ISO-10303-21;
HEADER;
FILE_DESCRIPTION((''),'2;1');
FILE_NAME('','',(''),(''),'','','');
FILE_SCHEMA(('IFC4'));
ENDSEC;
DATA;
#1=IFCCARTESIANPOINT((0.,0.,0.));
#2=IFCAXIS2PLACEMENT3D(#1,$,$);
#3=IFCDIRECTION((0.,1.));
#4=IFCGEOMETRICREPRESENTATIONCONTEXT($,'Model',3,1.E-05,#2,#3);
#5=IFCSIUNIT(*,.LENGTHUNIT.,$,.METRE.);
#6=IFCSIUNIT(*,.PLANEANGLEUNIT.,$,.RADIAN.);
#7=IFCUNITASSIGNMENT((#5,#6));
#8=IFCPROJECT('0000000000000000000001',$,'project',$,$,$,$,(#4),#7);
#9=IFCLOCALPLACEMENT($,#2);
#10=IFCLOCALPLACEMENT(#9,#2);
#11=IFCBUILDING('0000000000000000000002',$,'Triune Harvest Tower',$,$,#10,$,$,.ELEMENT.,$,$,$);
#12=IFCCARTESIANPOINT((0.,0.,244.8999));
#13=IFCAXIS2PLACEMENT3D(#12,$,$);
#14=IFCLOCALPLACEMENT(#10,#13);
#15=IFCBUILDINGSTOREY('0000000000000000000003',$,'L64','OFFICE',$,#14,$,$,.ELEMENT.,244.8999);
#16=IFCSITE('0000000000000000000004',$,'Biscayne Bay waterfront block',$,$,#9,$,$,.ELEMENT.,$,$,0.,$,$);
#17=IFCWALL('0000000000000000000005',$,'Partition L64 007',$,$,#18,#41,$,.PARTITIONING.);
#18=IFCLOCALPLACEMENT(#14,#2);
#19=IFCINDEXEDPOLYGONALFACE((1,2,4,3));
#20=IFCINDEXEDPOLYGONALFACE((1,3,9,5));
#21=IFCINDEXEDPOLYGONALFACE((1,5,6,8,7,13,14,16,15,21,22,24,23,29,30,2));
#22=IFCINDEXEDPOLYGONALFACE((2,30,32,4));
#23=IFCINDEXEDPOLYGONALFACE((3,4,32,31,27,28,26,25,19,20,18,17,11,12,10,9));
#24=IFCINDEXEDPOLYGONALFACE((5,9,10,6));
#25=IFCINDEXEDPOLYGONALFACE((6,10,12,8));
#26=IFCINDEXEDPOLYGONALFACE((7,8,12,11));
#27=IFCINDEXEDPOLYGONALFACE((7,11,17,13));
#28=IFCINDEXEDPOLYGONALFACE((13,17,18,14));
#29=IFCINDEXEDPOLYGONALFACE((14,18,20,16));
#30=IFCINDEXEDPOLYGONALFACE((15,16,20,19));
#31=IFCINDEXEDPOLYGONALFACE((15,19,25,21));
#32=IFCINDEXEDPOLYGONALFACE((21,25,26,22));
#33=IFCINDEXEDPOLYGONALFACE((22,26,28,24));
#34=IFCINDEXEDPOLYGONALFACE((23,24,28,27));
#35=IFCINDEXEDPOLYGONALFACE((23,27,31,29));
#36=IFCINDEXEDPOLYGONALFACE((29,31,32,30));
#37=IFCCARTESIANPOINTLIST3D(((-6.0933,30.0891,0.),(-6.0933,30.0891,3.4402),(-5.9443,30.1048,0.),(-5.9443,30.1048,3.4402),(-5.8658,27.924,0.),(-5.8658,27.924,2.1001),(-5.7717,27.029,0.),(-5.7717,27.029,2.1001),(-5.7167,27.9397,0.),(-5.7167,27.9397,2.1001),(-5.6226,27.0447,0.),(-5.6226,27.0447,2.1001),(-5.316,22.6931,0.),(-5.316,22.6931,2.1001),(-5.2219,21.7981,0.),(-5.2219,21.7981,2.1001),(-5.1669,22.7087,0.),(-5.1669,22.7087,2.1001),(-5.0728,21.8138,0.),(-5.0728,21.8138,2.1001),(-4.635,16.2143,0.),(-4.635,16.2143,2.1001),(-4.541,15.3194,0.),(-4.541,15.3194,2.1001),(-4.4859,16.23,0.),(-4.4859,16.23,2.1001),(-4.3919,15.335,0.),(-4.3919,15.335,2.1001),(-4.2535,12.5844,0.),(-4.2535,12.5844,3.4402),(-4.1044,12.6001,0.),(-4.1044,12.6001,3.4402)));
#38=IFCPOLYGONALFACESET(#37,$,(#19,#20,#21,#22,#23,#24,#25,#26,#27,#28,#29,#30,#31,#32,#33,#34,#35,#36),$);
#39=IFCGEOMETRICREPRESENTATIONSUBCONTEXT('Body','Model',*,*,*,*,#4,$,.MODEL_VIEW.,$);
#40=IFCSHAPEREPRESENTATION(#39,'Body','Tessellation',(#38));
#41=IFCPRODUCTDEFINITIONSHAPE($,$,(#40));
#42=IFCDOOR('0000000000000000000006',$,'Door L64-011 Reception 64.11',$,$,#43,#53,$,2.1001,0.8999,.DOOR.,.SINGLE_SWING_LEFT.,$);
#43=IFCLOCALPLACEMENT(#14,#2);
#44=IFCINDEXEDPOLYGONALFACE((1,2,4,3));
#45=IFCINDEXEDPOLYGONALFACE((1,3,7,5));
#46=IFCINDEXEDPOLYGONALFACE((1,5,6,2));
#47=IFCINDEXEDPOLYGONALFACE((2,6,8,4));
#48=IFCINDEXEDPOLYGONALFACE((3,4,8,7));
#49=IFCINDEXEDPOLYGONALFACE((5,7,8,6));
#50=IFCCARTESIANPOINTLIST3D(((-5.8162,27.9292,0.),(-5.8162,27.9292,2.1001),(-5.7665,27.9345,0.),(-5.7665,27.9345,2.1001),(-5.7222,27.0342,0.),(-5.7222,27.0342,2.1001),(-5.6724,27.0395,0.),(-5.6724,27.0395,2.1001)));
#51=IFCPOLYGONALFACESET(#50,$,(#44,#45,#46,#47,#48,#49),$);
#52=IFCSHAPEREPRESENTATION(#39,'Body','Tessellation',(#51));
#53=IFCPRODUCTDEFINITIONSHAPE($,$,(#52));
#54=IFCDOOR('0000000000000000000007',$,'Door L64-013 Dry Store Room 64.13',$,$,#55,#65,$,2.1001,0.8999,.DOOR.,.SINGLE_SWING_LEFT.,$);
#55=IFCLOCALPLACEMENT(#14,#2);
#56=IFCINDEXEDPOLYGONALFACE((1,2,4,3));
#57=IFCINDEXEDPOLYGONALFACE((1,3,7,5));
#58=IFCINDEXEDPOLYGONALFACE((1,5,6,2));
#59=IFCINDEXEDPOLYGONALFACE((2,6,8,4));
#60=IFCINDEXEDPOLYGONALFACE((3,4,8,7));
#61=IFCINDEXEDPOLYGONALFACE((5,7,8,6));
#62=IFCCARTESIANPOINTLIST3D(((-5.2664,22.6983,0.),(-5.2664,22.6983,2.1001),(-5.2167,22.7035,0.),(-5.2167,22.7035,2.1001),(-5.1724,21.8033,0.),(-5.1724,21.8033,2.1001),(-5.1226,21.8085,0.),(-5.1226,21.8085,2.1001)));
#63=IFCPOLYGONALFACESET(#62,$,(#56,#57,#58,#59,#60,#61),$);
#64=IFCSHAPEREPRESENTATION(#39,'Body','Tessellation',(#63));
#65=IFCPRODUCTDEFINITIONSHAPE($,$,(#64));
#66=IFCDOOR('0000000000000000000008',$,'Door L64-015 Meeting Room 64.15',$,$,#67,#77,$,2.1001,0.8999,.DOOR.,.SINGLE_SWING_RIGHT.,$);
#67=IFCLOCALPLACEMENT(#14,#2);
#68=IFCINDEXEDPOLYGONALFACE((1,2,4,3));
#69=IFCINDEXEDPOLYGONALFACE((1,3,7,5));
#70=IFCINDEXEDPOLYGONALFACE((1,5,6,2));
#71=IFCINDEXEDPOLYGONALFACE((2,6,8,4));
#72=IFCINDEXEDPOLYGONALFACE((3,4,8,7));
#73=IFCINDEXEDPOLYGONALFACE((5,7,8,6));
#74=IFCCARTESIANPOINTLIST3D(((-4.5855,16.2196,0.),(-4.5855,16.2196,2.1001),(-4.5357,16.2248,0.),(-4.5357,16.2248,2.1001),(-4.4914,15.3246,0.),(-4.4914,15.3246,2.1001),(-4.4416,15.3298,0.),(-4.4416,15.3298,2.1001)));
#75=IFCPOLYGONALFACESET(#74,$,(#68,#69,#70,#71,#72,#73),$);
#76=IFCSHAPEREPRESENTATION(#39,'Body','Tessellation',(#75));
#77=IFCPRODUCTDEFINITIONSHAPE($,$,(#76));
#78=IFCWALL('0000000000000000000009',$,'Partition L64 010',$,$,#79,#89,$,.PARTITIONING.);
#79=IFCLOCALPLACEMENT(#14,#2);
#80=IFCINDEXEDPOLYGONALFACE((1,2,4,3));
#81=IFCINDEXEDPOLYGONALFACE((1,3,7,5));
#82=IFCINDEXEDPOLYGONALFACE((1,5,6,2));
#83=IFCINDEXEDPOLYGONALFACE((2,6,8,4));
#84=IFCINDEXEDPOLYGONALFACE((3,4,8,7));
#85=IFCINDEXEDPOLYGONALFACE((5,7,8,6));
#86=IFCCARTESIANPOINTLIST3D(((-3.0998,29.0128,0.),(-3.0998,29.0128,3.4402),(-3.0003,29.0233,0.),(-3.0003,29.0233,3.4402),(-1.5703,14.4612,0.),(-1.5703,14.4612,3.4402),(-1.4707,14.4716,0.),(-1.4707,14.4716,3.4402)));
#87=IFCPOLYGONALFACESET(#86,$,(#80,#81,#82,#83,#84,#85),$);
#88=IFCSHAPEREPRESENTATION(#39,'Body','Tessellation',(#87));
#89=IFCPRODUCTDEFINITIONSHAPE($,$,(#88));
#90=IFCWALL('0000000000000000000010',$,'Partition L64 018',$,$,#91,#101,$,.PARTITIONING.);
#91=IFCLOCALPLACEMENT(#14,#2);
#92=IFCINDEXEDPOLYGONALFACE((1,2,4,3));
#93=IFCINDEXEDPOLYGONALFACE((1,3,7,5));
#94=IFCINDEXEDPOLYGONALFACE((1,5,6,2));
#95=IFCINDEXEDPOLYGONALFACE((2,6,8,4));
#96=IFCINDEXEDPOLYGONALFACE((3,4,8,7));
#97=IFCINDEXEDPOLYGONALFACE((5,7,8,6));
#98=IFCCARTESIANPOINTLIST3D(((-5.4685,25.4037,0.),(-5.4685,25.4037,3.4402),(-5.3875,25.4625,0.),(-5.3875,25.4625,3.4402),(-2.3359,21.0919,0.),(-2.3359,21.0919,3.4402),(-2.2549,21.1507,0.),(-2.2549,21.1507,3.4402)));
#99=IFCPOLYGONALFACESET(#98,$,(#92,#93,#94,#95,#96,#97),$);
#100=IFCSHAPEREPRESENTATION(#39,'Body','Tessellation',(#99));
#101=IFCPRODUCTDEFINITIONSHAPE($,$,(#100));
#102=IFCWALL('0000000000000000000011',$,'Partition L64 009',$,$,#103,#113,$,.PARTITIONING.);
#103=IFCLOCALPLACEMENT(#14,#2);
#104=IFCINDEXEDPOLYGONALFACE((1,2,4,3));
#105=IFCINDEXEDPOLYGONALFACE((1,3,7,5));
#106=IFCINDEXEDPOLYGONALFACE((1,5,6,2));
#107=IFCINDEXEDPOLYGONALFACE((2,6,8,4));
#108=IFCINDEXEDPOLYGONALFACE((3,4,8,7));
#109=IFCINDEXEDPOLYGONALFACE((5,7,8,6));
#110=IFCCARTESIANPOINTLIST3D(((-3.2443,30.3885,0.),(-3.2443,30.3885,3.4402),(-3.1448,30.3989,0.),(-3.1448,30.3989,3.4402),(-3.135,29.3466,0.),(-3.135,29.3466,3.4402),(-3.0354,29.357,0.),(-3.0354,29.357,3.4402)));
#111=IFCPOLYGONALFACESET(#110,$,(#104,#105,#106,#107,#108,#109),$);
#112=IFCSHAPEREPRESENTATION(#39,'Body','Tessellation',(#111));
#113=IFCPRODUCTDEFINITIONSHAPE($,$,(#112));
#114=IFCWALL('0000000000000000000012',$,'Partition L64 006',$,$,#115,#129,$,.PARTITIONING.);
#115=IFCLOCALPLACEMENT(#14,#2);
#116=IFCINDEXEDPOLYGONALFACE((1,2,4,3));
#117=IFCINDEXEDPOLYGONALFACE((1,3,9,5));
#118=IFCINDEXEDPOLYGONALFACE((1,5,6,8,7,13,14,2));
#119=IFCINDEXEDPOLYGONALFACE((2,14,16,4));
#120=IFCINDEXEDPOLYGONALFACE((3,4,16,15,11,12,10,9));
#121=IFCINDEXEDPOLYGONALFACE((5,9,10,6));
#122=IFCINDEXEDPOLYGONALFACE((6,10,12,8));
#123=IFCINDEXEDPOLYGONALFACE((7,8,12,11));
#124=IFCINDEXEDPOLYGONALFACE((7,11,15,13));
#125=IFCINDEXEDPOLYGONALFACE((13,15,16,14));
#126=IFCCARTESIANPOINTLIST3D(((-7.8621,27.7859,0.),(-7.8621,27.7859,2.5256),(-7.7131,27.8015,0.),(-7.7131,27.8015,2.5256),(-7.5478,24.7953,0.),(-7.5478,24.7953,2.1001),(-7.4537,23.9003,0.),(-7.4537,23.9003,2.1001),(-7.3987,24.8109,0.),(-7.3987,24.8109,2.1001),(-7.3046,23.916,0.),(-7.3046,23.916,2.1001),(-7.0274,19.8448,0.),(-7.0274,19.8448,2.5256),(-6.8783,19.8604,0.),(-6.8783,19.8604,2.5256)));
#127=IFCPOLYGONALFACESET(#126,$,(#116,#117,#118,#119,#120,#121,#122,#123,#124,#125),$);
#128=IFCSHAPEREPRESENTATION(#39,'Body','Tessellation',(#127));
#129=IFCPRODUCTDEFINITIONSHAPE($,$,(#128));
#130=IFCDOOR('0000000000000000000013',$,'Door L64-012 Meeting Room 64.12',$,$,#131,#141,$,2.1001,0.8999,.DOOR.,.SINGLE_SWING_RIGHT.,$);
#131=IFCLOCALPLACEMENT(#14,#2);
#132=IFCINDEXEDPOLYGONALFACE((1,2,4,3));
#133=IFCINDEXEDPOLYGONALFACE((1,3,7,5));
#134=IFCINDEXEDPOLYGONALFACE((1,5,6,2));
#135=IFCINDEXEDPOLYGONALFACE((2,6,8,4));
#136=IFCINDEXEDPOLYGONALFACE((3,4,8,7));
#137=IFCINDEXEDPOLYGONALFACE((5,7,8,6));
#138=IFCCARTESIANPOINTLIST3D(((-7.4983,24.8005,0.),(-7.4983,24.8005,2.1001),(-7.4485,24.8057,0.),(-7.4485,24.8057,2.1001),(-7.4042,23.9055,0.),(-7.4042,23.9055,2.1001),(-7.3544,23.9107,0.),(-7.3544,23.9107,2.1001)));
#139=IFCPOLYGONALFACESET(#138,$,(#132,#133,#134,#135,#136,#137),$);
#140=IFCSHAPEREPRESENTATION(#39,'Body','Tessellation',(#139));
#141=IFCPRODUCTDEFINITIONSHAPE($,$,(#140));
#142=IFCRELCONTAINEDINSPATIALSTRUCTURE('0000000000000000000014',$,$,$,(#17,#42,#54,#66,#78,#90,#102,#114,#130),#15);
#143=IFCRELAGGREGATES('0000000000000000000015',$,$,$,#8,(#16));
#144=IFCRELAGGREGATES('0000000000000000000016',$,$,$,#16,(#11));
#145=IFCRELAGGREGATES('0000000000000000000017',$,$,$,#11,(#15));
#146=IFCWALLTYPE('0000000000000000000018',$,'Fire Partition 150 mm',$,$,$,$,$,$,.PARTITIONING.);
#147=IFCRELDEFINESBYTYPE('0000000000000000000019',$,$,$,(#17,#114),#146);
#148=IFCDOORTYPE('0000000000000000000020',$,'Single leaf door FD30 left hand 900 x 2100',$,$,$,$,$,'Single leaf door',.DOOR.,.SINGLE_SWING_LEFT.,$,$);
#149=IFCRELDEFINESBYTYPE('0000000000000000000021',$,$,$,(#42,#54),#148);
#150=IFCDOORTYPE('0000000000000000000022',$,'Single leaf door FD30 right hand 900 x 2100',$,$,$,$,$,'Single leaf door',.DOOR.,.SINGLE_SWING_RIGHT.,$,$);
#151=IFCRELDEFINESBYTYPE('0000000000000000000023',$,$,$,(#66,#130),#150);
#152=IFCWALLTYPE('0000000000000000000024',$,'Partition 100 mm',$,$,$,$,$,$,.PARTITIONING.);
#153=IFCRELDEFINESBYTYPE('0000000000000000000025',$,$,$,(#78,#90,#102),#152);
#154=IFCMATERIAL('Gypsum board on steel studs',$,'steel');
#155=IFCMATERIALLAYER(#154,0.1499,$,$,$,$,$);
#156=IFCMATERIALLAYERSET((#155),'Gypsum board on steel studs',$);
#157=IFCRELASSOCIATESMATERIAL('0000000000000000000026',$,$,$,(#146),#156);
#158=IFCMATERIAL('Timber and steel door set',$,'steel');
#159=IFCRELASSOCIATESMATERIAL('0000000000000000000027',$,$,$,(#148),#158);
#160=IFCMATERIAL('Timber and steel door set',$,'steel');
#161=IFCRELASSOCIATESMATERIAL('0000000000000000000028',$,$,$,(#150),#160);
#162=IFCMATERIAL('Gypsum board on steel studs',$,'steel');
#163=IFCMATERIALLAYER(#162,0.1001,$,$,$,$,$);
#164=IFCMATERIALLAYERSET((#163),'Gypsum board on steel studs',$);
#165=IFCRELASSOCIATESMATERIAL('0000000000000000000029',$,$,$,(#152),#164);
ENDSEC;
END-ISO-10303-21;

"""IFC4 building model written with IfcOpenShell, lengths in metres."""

from ifc_helpers import new_model, si_unit, direction, frame, frame_2d, origin, place, context, subcontext, project, spatial, rectangle, extrude, source, transform, mapped, material, layer, layer_set, type_object, element, fill, save


model = new_model("IFC4")

# Units and contexts
model_context = context("Model", 3, precision=1e-05, world=origin(), true_north=direction((0.0, 1.0)))
body_context = subcontext(model_context, "Body", "Model", "MODEL_VIEW")
ifc_project = project(units=[si_unit("LENGTHUNIT", "METRE"), si_unit("PLANEANGLEUNIT", "RADIAN")], contexts=[model_context])

# Site, building, storey
site_placement = place(None, origin())
site = spatial("IfcSite", under=ifc_project, at=site_placement, Name="Biscayne Bay waterfront block", CompositionType="ELEMENT", RefElevation=0.0)
building_placement = place(site_placement, origin())
building = spatial("IfcBuilding", under=site, at=building_placement, Name="Triune Harvest Tower", CompositionType="ELEMENT")
storey_placement = place(building_placement, frame((0.0, 0.0, 244.8999)))
storey = spatial("IfcBuildingStorey", under=building, at=storey_placement, Name="L64", Description="OFFICE", CompositionType="ELEMENT", Elevation=244.8999)

# Wall, openings, doors
ifc_material_1 = material(Name="Gypsum board on steel studs", Category="steel")
ifc_layer_1 = layer(ifc_material_1, 0.1499)
ifc_layer_set_1 = layer_set([ifc_layer_1], Name="Gypsum board on steel studs")
wall_type_1 = type_object("IfcWallType", Name="Fire Partition 150 mm", PredefinedType="PARTITIONING", material=ifc_layer_set_1)
wall_1_placement = place(storey_placement, frame((-6.0188, 30.0969, 0.0), z_axis=(0.0, 0.0, 1.0), x_axis=(0.10453, -0.994522, 0.0)))
wall_1 = element("IfcWall", 1, at=wall_1_placement, inside=storey, type_object=wall_type_1, Name="Partition L64 007", PredefinedType="PARTITIONING", context=body_context, shape_type="SweptSolid", body=[
    extrude(rectangle(XDim=17.6011, YDim=0.1499, at=frame_2d((8.8005, 0.0))), origin(), (0.0, 0.0, 1.0), 3.4402),
])
opening_1_placement = place(wall_1_placement, frame((2.177, 0.0, 0.0)))
opening_1 = element("IfcOpeningElement", 2, at=opening_1_placement, cuts=wall_1, PredefinedType="OPENING", context=body_context, shape_type="SweptSolid", body=[
    extrude(rectangle(XDim=0.8999, YDim=2.1001, at=frame_2d((0.45, 1.05))), frame((0.0, 0.085, 0.0), z_axis=(0.0, -1.0, 0.0), x_axis=(1.0, 0.0, 0.0)), (0.0, 0.0, 1.0), 0.1699),
])
opening_2_placement = place(wall_1_placement, frame((7.4368, 0.0, 0.0)))
opening_2 = element("IfcOpeningElement", 3, at=opening_2_placement, cuts=wall_1, PredefinedType="OPENING", context=body_context, shape_type="SweptSolid", body=[
    extrude(rectangle(XDim=0.8999, YDim=2.1001, at=frame_2d((0.45, 1.05))), frame((0.0, 0.085, 0.0), z_axis=(0.0, -1.0, 0.0), x_axis=(1.0, 0.0, 0.0)), (0.0, 0.0, 1.0), 0.1699),
])
opening_3_placement = place(wall_1_placement, frame((13.9512, 0.0, 0.0)))
opening_3 = element("IfcOpeningElement", 4, at=opening_3_placement, cuts=wall_1, PredefinedType="OPENING", context=body_context, shape_type="SweptSolid", body=[
    extrude(rectangle(XDim=0.8999, YDim=2.1001, at=frame_2d((0.45, 1.05))), frame((0.0, 0.085, 0.0), z_axis=(0.0, -1.0, 0.0), x_axis=(1.0, 0.0, 0.0)), (0.0, 0.0, 1.0), 0.1699),
])
ifc_material_2 = material(Name="Timber and steel door set", Category="steel")
door_type_1 = type_object("IfcDoorType", Name="Single leaf door FD30 left hand 900 x 2100", ElementType="Single leaf door", OperationType="SINGLE_SWING_LEFT", PredefinedType="DOOR", material=ifc_material_2)
door_1_placement = place(opening_1_placement, origin())
door_1 = element("IfcDoor", 5, at=door_1_placement, inside=storey, type_object=door_type_1, Name="Door L64-011 Reception 64.11", OperationType="SINGLE_SWING_LEFT", OverallHeight=2.1001, OverallWidth=0.8999, PredefinedType="DOOR", context=body_context, shape_type="SweptSolid", body=[
    extrude(rectangle(XDim=0.8999, YDim=2.1001, at=frame_2d((0.45, 1.05))), frame((0.0, 0.0249, 0.0), z_axis=(0.0, -1.0, 0.0), x_axis=(1.0, 0.0, 0.0)), (0.0, 0.0, 1.0), 0.05),
])
fill(opening_1, door_1)
door_2_placement = place(opening_2_placement, origin())
door_2 = element("IfcDoor", 6, at=door_2_placement, inside=storey, type_object=door_type_1, Name="Door L64-013 Dry Store Room 64.13", OperationType="SINGLE_SWING_LEFT", OverallHeight=2.1001, OverallWidth=0.8999, PredefinedType="DOOR", context=body_context, shape_type="SweptSolid", body=[
    extrude(rectangle(XDim=0.8999, YDim=2.1001, at=frame_2d((0.45, 1.05))), frame((0.0, 0.0249, 0.0), z_axis=(0.0, -1.0, 0.0), x_axis=(1.0, 0.0, 0.0)), (0.0, 0.0, 1.0), 0.05),
])
fill(opening_2, door_2)
ifc_material_3 = material(Name="Timber and steel door set", Category="steel")
door_type_2 = type_object("IfcDoorType", Name="Single leaf door FD30 right hand 900 x 2100", ElementType="Single leaf door", OperationType="SINGLE_SWING_RIGHT", PredefinedType="DOOR", material=ifc_material_3)
door_3_placement = place(opening_3_placement, origin())
door_3 = element("IfcDoor", 7, at=door_3_placement, inside=storey, type_object=door_type_2, Name="Door L64-015 Meeting Room 64.15", OperationType="SINGLE_SWING_RIGHT", OverallHeight=2.1001, OverallWidth=0.8999, PredefinedType="DOOR", context=body_context, shape_type="SweptSolid", body=[
    extrude(rectangle(XDim=0.8999, YDim=2.1001, at=frame_2d((0.45, 1.05))), frame((0.0, 0.0249, 0.0), z_axis=(0.0, -1.0, 0.0), x_axis=(1.0, 0.0, 0.0)), (0.0, 0.0, 1.0), 0.05),
])
fill(opening_3, door_3)

# Walls
ifc_material_4 = material(Name="Gypsum board on steel studs", Category="steel")
ifc_layer_2 = layer(ifc_material_4, 0.1001)
ifc_layer_set_2 = layer_set([ifc_layer_2], Name="Gypsum board on steel studs")
wall_type_2 = type_object("IfcWallType", Name="Partition 100 mm", PredefinedType="PARTITIONING", material=ifc_layer_set_2)
wall_2_placement = place(storey_placement, frame((-3.05, 29.0181, 0.0), z_axis=(0.0, 0.0, 1.0), x_axis=(0.104535, -0.994521, 0.0)))
element("IfcWall", 8, at=wall_2_placement, inside=storey, type_object=wall_type_2, Name="Partition L64 010", PredefinedType="PARTITIONING", context=body_context, shape_type="SweptSolid", body=[
    extrude(rectangle(XDim=14.6318, YDim=0.1001, at=frame_2d((7.3159, 0.0))), origin(), (0.0, 0.0, 1.0), 3.4402),
])
wall_3_placement = place(storey_placement, frame((-5.428, 25.4331, 0.0), z_axis=(0.0, 0.0, 1.0), x_axis=(0.587771, -0.809027, 0.0)))
element("IfcWall", 9, at=wall_3_placement, inside=storey, type_object=wall_type_2, Name="Partition L64 018", PredefinedType="PARTITIONING", context=body_context, shape_type="SweptSolid", body=[
    extrude(rectangle(XDim=5.3296, YDim=0.1001, at=frame_2d((2.6648, 0.0))), origin(), (0.0, 0.0, 1.0), 3.4402),
])
shared_shape_1 = source(origin(), body_context, "Body", "SweptSolid", [
    extrude(rectangle(XDim=1.0476, YDim=0.1001, at=frame_2d((0.5239, 0.0))), origin(), (0.0, 0.0, 1.0), 3.4402),
])
wall_4_placement = place(storey_placement, frame((-3.1946, 30.3938, 0.0), z_axis=(0.0, 0.0, 1.0), x_axis=(0.104394, -0.994536, 0.0)))
element("IfcWall", 10, at=wall_4_placement, inside=storey, type_object=wall_type_2, Name="Partition L64 009", PredefinedType="PARTITIONING", context=body_context, shape_type="MappedRepresentation", body=[
    mapped(shared_shape_1, transform((0.0, 0.0, 0.0), scale=1.0)),
])

# Wall, opening, door
shared_shape_2 = source(origin(), body_context, "Body", "SweptSolid", [
    extrude(rectangle(XDim=7.9849, YDim=0.1499, at=frame_2d((3.9924, 0.0))), origin(), (0.0, 0.0, 1.0), 2.5256),
])
wall_5_placement = place(storey_placement, frame((-7.7876, 27.7937, 0.0), z_axis=(0.0, 0.0, 1.0), x_axis=(0.104537, -0.994521, 0.0)))
wall_5 = element("IfcWall", 11, at=wall_5_placement, inside=storey, type_object=wall_type_1, Name="Partition L64 006", PredefinedType="PARTITIONING", context=body_context, shape_type="MappedRepresentation", body=[
    mapped(shared_shape_2, transform((0.0, 0.0, 0.0), scale=1.0)),
])
opening_4_placement = place(wall_5_placement, frame((3.0071, 0.0, 0.0)))
opening_4 = element("IfcOpeningElement", 12, at=opening_4_placement, cuts=wall_5, PredefinedType="OPENING", context=body_context, shape_type="SweptSolid", body=[
    extrude(rectangle(XDim=0.8999, YDim=2.1001, at=frame_2d((0.45, 1.05))), frame((0.0, 0.085, 0.0), z_axis=(0.0, -1.0, 0.0), x_axis=(1.0, 0.0, 0.0)), (0.0, 0.0, 1.0), 0.1699),
])
door_4_placement = place(opening_4_placement, origin())
door_4 = element("IfcDoor", 13, at=door_4_placement, inside=storey, type_object=door_type_2, Name="Door L64-012 Meeting Room 64.12", OperationType="SINGLE_SWING_RIGHT", OverallHeight=2.1001, OverallWidth=0.8999, PredefinedType="DOOR", context=body_context, shape_type="SweptSolid", body=[
    extrude(rectangle(XDim=0.8999, YDim=2.1001, at=frame_2d((0.45, 1.05))), frame((0.0, 0.0249, 0.0), z_axis=(0.0, -1.0, 0.0), x_axis=(1.0, 0.0, 0.0)), (0.0, 0.0, 1.0), 0.05),
])
fill(opening_4, door_4)

save(model, "model.ifc")
